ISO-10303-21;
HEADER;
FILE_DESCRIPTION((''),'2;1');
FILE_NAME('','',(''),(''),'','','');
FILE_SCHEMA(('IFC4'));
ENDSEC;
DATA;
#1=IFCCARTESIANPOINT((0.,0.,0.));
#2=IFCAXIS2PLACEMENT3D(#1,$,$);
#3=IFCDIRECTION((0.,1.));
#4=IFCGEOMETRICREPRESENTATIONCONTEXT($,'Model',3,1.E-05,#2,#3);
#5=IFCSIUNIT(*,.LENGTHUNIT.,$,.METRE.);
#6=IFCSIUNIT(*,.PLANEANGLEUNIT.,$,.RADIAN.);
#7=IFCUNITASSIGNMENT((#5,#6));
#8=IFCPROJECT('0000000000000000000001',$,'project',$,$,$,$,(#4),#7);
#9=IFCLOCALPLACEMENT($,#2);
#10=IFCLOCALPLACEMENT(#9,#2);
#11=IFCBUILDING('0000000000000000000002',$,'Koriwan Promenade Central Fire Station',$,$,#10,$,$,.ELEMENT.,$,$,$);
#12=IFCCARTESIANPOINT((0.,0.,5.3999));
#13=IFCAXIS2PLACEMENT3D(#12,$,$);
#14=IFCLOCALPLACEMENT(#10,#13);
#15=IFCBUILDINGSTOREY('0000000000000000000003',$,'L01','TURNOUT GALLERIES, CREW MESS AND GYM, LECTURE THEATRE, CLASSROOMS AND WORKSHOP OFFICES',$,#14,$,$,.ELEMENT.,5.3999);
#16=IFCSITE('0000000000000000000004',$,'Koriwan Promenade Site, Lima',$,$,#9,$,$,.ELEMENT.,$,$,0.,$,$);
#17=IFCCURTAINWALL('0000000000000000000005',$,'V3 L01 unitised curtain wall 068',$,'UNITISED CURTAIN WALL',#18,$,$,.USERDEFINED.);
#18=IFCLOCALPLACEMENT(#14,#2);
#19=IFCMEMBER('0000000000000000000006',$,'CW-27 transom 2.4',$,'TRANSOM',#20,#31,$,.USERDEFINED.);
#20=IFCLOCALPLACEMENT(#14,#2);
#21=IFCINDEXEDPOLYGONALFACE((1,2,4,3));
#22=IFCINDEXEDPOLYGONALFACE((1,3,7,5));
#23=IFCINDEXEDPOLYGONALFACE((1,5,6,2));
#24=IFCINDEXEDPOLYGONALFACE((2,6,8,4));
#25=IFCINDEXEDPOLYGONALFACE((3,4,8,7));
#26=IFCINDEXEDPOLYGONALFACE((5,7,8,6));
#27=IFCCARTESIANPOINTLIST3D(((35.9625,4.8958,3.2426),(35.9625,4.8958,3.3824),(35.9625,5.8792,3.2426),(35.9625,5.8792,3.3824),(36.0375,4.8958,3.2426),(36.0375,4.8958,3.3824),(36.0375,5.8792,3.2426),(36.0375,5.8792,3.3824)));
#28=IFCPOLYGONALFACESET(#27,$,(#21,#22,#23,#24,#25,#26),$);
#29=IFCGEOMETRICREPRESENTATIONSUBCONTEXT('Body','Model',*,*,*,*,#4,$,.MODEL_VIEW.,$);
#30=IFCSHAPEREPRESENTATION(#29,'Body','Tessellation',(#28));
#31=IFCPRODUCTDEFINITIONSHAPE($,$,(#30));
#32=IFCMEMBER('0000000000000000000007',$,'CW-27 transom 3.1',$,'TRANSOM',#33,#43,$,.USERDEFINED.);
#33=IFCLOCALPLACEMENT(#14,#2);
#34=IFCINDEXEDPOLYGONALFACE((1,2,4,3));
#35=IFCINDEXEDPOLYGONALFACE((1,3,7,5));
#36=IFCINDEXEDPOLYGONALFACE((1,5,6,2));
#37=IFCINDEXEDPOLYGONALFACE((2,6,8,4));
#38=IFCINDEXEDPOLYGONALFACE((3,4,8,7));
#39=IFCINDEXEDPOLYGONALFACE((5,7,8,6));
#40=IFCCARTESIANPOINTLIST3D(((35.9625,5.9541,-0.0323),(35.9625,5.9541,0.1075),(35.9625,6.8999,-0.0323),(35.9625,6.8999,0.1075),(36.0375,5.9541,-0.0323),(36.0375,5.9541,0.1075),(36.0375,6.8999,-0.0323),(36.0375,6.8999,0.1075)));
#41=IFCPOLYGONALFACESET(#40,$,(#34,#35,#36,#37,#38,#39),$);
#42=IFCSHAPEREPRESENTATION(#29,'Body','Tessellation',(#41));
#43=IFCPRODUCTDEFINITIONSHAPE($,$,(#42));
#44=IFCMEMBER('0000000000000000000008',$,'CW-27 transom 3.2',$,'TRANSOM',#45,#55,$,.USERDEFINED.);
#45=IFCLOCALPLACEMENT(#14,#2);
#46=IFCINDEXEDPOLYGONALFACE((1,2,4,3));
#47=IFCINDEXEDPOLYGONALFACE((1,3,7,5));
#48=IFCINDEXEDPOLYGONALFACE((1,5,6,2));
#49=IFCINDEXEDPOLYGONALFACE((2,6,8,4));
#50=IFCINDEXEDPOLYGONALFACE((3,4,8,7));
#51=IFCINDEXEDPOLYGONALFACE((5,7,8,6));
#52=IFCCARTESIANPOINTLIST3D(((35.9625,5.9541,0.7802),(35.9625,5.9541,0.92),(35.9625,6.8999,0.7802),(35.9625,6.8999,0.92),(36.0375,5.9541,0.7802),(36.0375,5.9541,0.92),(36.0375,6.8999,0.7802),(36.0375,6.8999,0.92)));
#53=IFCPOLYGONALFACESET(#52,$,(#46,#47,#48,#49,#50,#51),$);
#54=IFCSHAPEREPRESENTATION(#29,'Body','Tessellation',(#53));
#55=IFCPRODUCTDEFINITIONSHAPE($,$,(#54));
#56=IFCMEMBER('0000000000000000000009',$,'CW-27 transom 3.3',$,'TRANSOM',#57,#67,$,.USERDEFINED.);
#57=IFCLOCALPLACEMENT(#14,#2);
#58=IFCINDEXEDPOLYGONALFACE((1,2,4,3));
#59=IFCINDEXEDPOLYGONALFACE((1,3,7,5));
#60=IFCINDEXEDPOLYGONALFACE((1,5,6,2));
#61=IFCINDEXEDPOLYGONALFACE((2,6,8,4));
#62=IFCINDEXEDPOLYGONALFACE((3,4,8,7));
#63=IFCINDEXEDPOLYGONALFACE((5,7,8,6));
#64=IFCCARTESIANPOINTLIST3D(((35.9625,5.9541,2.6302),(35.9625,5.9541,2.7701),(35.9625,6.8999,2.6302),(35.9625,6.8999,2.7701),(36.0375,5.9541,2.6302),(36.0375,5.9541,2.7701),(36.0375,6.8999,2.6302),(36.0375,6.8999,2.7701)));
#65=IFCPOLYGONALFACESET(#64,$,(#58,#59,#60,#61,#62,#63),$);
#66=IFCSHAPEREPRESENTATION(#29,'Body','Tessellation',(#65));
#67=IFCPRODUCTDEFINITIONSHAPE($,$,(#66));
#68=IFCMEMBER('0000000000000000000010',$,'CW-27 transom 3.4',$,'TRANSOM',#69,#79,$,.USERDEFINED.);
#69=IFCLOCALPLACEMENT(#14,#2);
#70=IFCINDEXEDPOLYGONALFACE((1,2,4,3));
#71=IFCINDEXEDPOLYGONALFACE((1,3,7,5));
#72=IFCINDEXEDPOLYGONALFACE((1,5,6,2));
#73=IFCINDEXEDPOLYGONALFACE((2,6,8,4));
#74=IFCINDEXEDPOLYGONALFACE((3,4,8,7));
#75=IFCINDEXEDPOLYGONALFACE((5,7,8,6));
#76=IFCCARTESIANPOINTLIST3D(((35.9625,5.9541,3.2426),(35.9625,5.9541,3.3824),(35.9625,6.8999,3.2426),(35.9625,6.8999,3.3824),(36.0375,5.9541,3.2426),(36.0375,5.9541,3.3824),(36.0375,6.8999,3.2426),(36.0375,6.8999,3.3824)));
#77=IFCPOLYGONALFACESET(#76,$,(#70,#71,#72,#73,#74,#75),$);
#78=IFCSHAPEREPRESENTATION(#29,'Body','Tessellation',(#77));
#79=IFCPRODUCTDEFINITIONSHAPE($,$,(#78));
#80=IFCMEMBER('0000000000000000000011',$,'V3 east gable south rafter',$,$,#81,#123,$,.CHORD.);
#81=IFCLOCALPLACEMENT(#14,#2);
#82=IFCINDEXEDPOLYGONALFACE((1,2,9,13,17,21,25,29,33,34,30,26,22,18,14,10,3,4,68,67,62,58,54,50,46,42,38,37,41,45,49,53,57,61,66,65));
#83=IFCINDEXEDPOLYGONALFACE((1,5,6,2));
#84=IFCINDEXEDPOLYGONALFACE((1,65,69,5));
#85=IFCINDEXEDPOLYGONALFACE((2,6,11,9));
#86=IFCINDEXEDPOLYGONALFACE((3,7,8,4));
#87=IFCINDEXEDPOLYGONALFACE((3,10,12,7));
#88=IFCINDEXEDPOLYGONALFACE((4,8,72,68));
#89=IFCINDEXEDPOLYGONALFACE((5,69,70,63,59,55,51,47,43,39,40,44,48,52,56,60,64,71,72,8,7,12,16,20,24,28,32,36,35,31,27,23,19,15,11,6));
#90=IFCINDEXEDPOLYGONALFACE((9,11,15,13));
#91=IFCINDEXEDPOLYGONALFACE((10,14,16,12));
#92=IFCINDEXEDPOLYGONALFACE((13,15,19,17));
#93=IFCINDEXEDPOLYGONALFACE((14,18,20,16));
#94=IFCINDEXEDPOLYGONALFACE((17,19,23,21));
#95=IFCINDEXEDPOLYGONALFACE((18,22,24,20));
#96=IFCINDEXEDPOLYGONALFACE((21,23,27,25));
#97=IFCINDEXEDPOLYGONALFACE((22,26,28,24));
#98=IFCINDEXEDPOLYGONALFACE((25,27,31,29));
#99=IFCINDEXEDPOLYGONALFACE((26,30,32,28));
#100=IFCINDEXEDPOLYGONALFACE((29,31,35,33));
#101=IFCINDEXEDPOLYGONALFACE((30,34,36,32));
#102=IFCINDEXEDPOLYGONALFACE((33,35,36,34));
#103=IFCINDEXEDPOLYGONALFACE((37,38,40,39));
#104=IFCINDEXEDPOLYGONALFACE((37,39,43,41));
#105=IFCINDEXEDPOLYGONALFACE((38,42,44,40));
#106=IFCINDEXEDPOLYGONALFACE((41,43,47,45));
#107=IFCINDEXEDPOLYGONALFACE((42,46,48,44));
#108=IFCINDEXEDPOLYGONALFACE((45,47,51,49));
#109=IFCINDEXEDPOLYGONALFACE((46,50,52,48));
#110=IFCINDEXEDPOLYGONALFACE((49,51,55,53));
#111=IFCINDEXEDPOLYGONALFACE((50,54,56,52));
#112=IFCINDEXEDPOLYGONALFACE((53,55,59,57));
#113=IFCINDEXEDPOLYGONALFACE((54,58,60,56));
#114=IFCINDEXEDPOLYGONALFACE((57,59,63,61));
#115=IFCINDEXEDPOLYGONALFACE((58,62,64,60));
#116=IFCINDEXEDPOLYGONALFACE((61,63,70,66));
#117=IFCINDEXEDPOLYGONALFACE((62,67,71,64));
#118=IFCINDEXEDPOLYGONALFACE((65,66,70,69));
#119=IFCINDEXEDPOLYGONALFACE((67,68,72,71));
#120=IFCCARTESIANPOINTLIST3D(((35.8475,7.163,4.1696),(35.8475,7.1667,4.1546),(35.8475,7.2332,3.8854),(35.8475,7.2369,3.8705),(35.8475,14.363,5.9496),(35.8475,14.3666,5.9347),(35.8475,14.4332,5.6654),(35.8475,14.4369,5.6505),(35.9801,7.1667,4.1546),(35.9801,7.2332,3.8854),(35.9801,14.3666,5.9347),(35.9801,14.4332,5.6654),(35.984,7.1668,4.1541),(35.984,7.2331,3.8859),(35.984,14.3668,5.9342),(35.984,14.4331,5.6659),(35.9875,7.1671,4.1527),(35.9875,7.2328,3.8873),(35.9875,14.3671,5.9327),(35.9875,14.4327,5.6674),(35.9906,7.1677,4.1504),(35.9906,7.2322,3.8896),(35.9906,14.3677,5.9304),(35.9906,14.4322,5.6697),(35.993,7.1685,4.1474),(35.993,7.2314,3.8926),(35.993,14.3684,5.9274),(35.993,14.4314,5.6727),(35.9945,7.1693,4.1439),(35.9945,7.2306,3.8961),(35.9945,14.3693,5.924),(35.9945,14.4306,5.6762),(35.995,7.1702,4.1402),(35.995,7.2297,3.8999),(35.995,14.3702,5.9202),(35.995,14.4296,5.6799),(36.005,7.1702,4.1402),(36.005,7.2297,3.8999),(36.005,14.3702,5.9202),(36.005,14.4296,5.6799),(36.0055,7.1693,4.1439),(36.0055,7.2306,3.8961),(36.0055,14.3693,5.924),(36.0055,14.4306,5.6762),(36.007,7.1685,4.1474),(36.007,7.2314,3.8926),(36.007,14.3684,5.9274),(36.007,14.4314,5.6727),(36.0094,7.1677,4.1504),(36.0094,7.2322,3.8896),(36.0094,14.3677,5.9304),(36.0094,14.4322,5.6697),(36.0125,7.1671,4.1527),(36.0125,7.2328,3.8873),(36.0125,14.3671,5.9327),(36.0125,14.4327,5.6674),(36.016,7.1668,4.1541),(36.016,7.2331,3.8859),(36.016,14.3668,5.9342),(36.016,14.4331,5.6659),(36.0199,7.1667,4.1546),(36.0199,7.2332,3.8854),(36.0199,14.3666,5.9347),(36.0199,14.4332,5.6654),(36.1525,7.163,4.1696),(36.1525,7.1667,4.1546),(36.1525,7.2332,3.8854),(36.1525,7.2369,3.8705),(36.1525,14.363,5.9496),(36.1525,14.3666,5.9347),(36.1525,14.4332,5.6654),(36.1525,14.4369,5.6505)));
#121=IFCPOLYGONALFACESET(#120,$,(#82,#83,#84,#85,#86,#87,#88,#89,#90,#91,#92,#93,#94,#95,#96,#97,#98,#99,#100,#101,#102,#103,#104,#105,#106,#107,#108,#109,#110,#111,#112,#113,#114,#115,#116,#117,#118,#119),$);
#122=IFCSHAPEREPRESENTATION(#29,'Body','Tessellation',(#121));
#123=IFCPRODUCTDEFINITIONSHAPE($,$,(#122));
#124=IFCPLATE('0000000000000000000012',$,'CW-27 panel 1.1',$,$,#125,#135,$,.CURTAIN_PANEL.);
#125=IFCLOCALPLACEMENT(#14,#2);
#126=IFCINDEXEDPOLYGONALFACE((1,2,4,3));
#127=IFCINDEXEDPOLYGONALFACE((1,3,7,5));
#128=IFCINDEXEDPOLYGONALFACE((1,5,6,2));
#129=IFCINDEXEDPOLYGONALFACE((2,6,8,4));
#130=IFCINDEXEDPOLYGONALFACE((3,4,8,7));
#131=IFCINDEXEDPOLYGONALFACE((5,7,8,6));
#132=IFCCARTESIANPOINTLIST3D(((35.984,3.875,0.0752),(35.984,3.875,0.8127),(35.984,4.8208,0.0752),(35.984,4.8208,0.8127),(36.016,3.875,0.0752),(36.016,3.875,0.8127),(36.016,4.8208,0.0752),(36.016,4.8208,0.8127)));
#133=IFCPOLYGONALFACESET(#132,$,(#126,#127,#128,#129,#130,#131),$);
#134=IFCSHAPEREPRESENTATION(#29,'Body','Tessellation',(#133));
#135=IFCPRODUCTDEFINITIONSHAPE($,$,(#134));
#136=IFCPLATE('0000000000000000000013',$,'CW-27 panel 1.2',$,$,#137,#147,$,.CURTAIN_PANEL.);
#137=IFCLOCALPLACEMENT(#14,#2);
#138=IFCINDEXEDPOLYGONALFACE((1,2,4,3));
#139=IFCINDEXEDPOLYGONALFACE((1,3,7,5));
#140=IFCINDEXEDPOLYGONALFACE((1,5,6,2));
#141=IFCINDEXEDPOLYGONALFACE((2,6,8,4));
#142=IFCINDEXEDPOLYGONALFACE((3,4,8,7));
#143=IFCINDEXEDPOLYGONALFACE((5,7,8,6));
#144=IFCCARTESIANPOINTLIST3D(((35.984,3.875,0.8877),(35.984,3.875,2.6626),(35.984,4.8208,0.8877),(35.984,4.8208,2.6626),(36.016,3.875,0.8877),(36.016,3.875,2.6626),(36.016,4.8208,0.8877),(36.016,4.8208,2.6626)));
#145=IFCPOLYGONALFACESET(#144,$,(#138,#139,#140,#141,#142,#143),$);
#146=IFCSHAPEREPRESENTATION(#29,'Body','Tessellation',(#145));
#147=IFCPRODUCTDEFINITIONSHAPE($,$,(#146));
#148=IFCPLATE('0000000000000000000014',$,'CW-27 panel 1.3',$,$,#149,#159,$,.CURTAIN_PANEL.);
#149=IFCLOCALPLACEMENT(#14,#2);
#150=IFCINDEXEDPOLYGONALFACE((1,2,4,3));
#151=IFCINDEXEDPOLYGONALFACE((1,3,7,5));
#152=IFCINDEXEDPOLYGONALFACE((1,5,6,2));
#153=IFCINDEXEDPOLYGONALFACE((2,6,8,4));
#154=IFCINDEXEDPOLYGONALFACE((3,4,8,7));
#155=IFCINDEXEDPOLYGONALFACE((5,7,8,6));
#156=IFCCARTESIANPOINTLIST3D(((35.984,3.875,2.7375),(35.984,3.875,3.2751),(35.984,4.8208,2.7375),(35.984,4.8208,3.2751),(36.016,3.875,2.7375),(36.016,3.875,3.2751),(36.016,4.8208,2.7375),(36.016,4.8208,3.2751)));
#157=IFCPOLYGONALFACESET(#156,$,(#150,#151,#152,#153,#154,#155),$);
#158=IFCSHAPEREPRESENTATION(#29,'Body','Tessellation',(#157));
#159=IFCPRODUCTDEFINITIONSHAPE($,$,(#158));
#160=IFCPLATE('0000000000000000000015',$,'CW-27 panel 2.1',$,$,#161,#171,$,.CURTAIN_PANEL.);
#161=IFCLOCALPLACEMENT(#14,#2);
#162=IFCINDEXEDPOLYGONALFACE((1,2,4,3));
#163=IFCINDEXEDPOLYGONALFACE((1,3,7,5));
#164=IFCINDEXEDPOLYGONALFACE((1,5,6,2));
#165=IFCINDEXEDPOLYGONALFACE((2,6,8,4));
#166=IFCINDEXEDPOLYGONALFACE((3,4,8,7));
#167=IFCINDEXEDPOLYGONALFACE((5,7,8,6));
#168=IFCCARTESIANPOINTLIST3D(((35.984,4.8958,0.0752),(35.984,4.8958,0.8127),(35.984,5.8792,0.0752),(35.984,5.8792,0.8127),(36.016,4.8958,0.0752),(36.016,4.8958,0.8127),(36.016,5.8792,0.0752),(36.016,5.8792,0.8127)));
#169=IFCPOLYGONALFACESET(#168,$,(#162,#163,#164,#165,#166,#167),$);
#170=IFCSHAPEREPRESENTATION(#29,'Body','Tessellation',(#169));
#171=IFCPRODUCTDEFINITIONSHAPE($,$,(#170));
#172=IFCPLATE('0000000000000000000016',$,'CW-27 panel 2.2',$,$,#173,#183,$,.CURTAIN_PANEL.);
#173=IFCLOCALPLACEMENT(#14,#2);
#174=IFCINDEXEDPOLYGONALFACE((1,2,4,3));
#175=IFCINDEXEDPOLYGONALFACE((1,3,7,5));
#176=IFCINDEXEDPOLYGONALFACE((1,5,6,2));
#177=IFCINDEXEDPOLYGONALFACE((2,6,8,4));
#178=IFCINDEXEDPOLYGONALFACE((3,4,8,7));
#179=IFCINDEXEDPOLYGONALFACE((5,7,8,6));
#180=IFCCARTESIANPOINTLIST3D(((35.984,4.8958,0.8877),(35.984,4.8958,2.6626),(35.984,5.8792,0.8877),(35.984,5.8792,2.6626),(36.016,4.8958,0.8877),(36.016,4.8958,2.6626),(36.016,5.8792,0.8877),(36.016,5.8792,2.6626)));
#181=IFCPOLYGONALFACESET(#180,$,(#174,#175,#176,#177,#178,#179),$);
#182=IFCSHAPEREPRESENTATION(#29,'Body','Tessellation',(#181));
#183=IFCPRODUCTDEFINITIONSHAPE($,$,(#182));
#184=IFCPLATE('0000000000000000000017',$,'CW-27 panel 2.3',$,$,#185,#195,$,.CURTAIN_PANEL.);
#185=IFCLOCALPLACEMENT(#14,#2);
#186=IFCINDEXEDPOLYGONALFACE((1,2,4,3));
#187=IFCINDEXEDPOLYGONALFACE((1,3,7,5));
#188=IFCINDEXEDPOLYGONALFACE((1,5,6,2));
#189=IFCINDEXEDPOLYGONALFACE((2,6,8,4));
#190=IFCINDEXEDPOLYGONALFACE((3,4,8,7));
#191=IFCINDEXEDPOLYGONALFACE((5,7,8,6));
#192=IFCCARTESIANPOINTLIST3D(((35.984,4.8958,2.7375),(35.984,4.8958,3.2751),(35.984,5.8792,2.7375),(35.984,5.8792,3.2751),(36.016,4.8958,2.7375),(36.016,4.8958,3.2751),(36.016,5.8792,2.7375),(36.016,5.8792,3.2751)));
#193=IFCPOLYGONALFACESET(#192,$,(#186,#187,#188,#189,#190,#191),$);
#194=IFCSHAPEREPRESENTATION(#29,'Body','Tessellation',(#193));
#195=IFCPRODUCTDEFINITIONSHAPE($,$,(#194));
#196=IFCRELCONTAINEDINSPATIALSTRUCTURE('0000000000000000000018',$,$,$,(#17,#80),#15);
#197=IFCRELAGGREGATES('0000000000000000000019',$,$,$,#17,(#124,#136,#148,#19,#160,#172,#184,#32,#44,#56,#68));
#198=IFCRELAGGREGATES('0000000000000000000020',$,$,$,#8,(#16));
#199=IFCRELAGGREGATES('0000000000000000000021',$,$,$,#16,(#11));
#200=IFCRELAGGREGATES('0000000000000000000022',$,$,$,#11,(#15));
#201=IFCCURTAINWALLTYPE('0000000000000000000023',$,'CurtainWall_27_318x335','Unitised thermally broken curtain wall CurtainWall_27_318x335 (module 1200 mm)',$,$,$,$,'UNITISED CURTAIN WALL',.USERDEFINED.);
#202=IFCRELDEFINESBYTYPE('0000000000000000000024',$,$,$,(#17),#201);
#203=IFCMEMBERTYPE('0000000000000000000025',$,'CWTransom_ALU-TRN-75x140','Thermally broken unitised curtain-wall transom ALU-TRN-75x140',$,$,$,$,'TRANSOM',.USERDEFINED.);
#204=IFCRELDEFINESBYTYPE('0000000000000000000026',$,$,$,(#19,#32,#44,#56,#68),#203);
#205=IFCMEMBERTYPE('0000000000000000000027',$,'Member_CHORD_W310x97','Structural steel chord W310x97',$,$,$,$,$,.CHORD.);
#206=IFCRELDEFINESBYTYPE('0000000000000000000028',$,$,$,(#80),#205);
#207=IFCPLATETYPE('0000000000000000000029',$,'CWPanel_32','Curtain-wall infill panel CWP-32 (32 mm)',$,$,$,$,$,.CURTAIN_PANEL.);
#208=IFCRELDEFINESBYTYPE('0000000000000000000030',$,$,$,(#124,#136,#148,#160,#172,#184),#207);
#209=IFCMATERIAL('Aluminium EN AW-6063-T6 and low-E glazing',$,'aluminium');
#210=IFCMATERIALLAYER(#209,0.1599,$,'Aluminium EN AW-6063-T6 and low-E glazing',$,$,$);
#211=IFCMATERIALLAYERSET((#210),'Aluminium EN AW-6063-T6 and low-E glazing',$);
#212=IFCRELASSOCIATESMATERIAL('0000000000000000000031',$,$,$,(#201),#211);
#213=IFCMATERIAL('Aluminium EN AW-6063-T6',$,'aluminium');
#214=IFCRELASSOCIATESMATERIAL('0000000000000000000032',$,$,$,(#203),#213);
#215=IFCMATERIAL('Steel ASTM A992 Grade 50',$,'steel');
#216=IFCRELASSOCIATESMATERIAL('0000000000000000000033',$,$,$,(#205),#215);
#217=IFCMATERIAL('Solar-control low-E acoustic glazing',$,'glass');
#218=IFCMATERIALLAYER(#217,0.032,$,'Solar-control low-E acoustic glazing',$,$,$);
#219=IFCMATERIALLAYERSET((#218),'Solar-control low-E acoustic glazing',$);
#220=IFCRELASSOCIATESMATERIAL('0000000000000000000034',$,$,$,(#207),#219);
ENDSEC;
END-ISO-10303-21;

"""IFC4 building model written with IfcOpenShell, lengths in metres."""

from ifc_helpers import new_model, si_unit, direction, frame, origin, origin_2d, place, context, subcontext, project, spatial, rectangle, i_section, extrude, material, layer, layer_set, material_profile, profile_set, type_object, element, aggregate, save


model = new_model("IFC4")

# Units and contexts
model_context = context("Model", 3, precision=1e-05, world=origin(), true_north=direction((0.0, 1.0)))
body_context = subcontext(model_context, "Body", "Model", "MODEL_VIEW")
ifc_project = project(units=[si_unit("LENGTHUNIT", "METRE"), si_unit("PLANEANGLEUNIT", "RADIAN")], contexts=[model_context])

# Site, building, storey
site_placement = place(None, origin())
site = spatial("IfcSite", under=ifc_project, at=site_placement, Name="Koriwan Promenade Site, Lima", CompositionType="ELEMENT", RefElevation=0.0)
building_placement = place(site_placement, origin())
building = spatial("IfcBuilding", under=site, at=building_placement, Name="Koriwan Promenade Central Fire Station", CompositionType="ELEMENT")
storey_placement = place(building_placement, frame((0.0, 0.0, 5.3999)))
storey = spatial("IfcBuildingStorey", under=building, at=storey_placement, Name="L01", Description="TURNOUT GALLERIES, CREW MESS AND GYM, LECTURE THEATRE, CLASSROOMS AND WORKSHOP OFFICES", CompositionType="ELEMENT", Elevation=5.3999)

# Curtain wall, members
ifc_material_1 = material(Name="Aluminium EN AW-6063-T6 and low-E glazing", Category="aluminium")
ifc_layer_1 = layer(ifc_material_1, 0.1599, Name="Aluminium EN AW-6063-T6 and low-E glazing")
ifc_layer_set_1 = layer_set([ifc_layer_1], Name="Aluminium EN AW-6063-T6 and low-E glazing")
curtain_wall_type = type_object("IfcCurtainWallType", Name="CurtainWall_27_318x335", Description="Unitised thermally broken curtain wall CurtainWall_27_318x335 (module 1200 mm)", ElementType="UNITISED CURTAIN WALL", PredefinedType="USERDEFINED", material=ifc_layer_set_1)
curtain_wall_placement = place(storey_placement, origin())
curtain_wall = element("IfcCurtainWall", 1, at=curtain_wall_placement, inside=storey, type_object=curtain_wall_type, Name="V3 L01 unitised curtain wall 068", ObjectType="UNITISED CURTAIN WALL", PredefinedType="USERDEFINED")
ifc_material_2 = material(Name="Aluminium EN AW-6063-T6", Category="aluminium")
ifc_material_profile_1 = material_profile(ifc_material_2, rectangle(XDim=0.075, YDim=0.1399, at=origin_2d()), Name="ALU-TRN-75x140")
ifc_profile_set_1 = profile_set([ifc_material_profile_1], Name="Aluminium EN AW-6063-T6")
member_type_1 = type_object("IfcMemberType", Name="CWTransom_ALU-TRN-75x140", Description="Thermally broken unitised curtain-wall transom ALU-TRN-75x140", ElementType="TRANSOM", PredefinedType="USERDEFINED", material=ifc_profile_set_1)
member_1_placement = place(storey_placement, frame((36.0, 4.8958, 3.3125), z_axis=(0.0, 1.0, 0.0), x_axis=(-1.0, 0.0, 0.0)))
member_1 = element("IfcMember", 2, at=member_1_placement, type_object=member_type_1, Name="CW-27 transom 2.4", ObjectType="TRANSOM", PredefinedType="USERDEFINED", context=body_context, shape_type="SweptSolid", body=[
    extrude(rectangle(XDim=0.075, YDim=0.1399, at=origin_2d()), origin(), (0.0, 0.0, 1.0), 0.9834),
])
member_2_placement = place(storey_placement, frame((36.0, 5.9541, 0.0376), z_axis=(0.0, 1.0, 0.0), x_axis=(-1.0, 0.0, 0.0)))
member_2 = element("IfcMember", 3, at=member_2_placement, type_object=member_type_1, Name="CW-27 transom 3.1", ObjectType="TRANSOM", PredefinedType="USERDEFINED", context=body_context, shape_type="SweptSolid", body=[
    extrude(rectangle(XDim=0.075, YDim=0.1399, at=origin_2d()), origin(), (0.0, 0.0, 1.0), 0.9458),
])
member_3_placement = place(storey_placement, frame((36.0, 5.9541, 0.8501), z_axis=(0.0, 1.0, 0.0), x_axis=(-1.0, 0.0, 0.0)))
member_3 = element("IfcMember", 4, at=member_3_placement, type_object=member_type_1, Name="CW-27 transom 3.2", ObjectType="TRANSOM", PredefinedType="USERDEFINED", context=body_context, shape_type="SweptSolid", body=[
    extrude(rectangle(XDim=0.075, YDim=0.1399, at=origin_2d()), origin(), (0.0, 0.0, 1.0), 0.9458),
])
member_4_placement = place(storey_placement, frame((36.0, 5.9541, 2.7002), z_axis=(0.0, 1.0, 0.0), x_axis=(-1.0, 0.0, 0.0)))
member_4 = element("IfcMember", 5, at=member_4_placement, type_object=member_type_1, Name="CW-27 transom 3.3", ObjectType="TRANSOM", PredefinedType="USERDEFINED", context=body_context, shape_type="SweptSolid", body=[
    extrude(rectangle(XDim=0.075, YDim=0.1399, at=origin_2d()), origin(), (0.0, 0.0, 1.0), 0.9458),
])
member_5_placement = place(storey_placement, frame((36.0, 5.9541, 3.3125), z_axis=(0.0, 1.0, 0.0), x_axis=(-1.0, 0.0, 0.0)))
member_5 = element("IfcMember", 6, at=member_5_placement, type_object=member_type_1, Name="CW-27 transom 3.4", ObjectType="TRANSOM", PredefinedType="USERDEFINED", context=body_context, shape_type="SweptSolid", body=[
    extrude(rectangle(XDim=0.075, YDim=0.1399, at=origin_2d()), origin(), (0.0, 0.0, 1.0), 0.9458),
])

# Member
ifc_material_3 = material(Name="Steel ASTM A992 Grade 50", Category="steel")
ifc_material_profile_2 = material_profile(ifc_material_3, i_section(OverallWidth=0.3049, OverallDepth=0.3081, WebThickness=0.01, FlangeThickness=0.0154, FilletRadius=0.0149, at=origin_2d()), Name="W310x97")
ifc_profile_set_2 = profile_set([ifc_material_profile_2], Name="Steel ASTM A992 Grade 50")
member_type_2 = type_object("IfcMemberType", Name="Member_CHORD_W310x97", Description="Structural steel chord W310x97", PredefinedType="CHORD", material=ifc_profile_set_2)
member_6_placement = place(storey_placement, frame((36.0, 7.2, 4.02), z_axis=(0.0, 0.970772, 0.240002), x_axis=(-1.0, 0.0, 0.0)))
element("IfcMember", 7, at=member_6_placement, inside=storey, type_object=member_type_2, Name="V3 east gable south rafter", PredefinedType="CHORD", context=body_context, shape_type="SweptSolid", body=[
    extrude(i_section(OverallWidth=0.3049, OverallDepth=0.3081, WebThickness=0.01, FlangeThickness=0.0154, FilletRadius=0.0149, at=origin_2d()), origin(), (0.0, 0.0, 1.0), 7.4167),
])

# Plates
ifc_material_4 = material(Name="Solar-control low-E acoustic glazing", Category="glass")
ifc_layer_2 = layer(ifc_material_4, 0.032, Name="Solar-control low-E acoustic glazing")
ifc_layer_set_2 = layer_set([ifc_layer_2], Name="Solar-control low-E acoustic glazing")
plate_type_1 = type_object("IfcPlateType", Name="CWPanel_32", Description="Curtain-wall infill panel CWP-32 (32 mm)", PredefinedType="CURTAIN_PANEL", material=ifc_layer_set_2)
plate_1_placement = place(storey_placement, frame((36.0, 4.3479, 0.0752), z_axis=(0.0, 0.0, 1.0), x_axis=(0.0, 1.0, 0.0)))
plate_1 = element("IfcPlate", 8, at=plate_1_placement, type_object=plate_type_1, Name="CW-27 panel 1.1", PredefinedType="CURTAIN_PANEL", context=body_context, shape_type="SweptSolid", body=[
    extrude(rectangle(XDim=0.9458, YDim=0.032, at=origin_2d()), origin(), (0.0, 0.0, 1.0), 0.7375),
])
plate_2_placement = place(storey_placement, frame((36.0, 4.3479, 0.8877), z_axis=(0.0, 0.0, 1.0), x_axis=(0.0, 1.0, 0.0)))
plate_2 = element("IfcPlate", 9, at=plate_2_placement, type_object=plate_type_1, Name="CW-27 panel 1.2", PredefinedType="CURTAIN_PANEL", context=body_context, shape_type="SweptSolid", body=[
    extrude(rectangle(XDim=0.9458, YDim=0.032, at=origin_2d()), origin(), (0.0, 0.0, 1.0), 1.7749),
])
plate_3_placement = place(storey_placement, frame((36.0, 4.3479, 2.7375), z_axis=(0.0, 0.0, 1.0), x_axis=(0.0, 1.0, 0.0)))
plate_3 = element("IfcPlate", 10, at=plate_3_placement, type_object=plate_type_1, Name="CW-27 panel 1.3", PredefinedType="CURTAIN_PANEL", context=body_context, shape_type="SweptSolid", body=[
    extrude(rectangle(XDim=0.9458, YDim=0.032, at=origin_2d()), origin(), (0.0, 0.0, 1.0), 0.5376),
])
plate_4_placement = place(storey_placement, frame((36.0, 5.3875, 0.0752), z_axis=(0.0, 0.0, 1.0), x_axis=(0.0, 1.0, 0.0)))
plate_4 = element("IfcPlate", 11, at=plate_4_placement, type_object=plate_type_1, Name="CW-27 panel 2.1", PredefinedType="CURTAIN_PANEL", context=body_context, shape_type="SweptSolid", body=[
    extrude(rectangle(XDim=0.9834, YDim=0.032, at=origin_2d()), origin(), (0.0, 0.0, 1.0), 0.7375),
])
plate_5_placement = place(storey_placement, frame((36.0, 5.3875, 0.8877), z_axis=(0.0, 0.0, 1.0), x_axis=(0.0, 1.0, 0.0)))
plate_5 = element("IfcPlate", 12, at=plate_5_placement, type_object=plate_type_1, Name="CW-27 panel 2.2", PredefinedType="CURTAIN_PANEL", context=body_context, shape_type="SweptSolid", body=[
    extrude(rectangle(XDim=0.9834, YDim=0.032, at=origin_2d()), origin(), (0.0, 0.0, 1.0), 1.7749),
])
plate_6_placement = place(storey_placement, frame((36.0, 5.3875, 2.7375), z_axis=(0.0, 0.0, 1.0), x_axis=(0.0, 1.0, 0.0)))
plate_6 = element("IfcPlate", 13, at=plate_6_placement, type_object=plate_type_1, Name="CW-27 panel 2.3", PredefinedType="CURTAIN_PANEL", context=body_context, shape_type="SweptSolid", body=[
    extrude(rectangle(XDim=0.9834, YDim=0.032, at=origin_2d()), origin(), (0.0, 0.0, 1.0), 0.5376),
])
aggregate(curtain_wall, [plate_1, plate_2, plate_3, member_1, plate_4, plate_5, plate_6, member_2, member_3, member_4, member_5])

save(model, "model.ifc")
